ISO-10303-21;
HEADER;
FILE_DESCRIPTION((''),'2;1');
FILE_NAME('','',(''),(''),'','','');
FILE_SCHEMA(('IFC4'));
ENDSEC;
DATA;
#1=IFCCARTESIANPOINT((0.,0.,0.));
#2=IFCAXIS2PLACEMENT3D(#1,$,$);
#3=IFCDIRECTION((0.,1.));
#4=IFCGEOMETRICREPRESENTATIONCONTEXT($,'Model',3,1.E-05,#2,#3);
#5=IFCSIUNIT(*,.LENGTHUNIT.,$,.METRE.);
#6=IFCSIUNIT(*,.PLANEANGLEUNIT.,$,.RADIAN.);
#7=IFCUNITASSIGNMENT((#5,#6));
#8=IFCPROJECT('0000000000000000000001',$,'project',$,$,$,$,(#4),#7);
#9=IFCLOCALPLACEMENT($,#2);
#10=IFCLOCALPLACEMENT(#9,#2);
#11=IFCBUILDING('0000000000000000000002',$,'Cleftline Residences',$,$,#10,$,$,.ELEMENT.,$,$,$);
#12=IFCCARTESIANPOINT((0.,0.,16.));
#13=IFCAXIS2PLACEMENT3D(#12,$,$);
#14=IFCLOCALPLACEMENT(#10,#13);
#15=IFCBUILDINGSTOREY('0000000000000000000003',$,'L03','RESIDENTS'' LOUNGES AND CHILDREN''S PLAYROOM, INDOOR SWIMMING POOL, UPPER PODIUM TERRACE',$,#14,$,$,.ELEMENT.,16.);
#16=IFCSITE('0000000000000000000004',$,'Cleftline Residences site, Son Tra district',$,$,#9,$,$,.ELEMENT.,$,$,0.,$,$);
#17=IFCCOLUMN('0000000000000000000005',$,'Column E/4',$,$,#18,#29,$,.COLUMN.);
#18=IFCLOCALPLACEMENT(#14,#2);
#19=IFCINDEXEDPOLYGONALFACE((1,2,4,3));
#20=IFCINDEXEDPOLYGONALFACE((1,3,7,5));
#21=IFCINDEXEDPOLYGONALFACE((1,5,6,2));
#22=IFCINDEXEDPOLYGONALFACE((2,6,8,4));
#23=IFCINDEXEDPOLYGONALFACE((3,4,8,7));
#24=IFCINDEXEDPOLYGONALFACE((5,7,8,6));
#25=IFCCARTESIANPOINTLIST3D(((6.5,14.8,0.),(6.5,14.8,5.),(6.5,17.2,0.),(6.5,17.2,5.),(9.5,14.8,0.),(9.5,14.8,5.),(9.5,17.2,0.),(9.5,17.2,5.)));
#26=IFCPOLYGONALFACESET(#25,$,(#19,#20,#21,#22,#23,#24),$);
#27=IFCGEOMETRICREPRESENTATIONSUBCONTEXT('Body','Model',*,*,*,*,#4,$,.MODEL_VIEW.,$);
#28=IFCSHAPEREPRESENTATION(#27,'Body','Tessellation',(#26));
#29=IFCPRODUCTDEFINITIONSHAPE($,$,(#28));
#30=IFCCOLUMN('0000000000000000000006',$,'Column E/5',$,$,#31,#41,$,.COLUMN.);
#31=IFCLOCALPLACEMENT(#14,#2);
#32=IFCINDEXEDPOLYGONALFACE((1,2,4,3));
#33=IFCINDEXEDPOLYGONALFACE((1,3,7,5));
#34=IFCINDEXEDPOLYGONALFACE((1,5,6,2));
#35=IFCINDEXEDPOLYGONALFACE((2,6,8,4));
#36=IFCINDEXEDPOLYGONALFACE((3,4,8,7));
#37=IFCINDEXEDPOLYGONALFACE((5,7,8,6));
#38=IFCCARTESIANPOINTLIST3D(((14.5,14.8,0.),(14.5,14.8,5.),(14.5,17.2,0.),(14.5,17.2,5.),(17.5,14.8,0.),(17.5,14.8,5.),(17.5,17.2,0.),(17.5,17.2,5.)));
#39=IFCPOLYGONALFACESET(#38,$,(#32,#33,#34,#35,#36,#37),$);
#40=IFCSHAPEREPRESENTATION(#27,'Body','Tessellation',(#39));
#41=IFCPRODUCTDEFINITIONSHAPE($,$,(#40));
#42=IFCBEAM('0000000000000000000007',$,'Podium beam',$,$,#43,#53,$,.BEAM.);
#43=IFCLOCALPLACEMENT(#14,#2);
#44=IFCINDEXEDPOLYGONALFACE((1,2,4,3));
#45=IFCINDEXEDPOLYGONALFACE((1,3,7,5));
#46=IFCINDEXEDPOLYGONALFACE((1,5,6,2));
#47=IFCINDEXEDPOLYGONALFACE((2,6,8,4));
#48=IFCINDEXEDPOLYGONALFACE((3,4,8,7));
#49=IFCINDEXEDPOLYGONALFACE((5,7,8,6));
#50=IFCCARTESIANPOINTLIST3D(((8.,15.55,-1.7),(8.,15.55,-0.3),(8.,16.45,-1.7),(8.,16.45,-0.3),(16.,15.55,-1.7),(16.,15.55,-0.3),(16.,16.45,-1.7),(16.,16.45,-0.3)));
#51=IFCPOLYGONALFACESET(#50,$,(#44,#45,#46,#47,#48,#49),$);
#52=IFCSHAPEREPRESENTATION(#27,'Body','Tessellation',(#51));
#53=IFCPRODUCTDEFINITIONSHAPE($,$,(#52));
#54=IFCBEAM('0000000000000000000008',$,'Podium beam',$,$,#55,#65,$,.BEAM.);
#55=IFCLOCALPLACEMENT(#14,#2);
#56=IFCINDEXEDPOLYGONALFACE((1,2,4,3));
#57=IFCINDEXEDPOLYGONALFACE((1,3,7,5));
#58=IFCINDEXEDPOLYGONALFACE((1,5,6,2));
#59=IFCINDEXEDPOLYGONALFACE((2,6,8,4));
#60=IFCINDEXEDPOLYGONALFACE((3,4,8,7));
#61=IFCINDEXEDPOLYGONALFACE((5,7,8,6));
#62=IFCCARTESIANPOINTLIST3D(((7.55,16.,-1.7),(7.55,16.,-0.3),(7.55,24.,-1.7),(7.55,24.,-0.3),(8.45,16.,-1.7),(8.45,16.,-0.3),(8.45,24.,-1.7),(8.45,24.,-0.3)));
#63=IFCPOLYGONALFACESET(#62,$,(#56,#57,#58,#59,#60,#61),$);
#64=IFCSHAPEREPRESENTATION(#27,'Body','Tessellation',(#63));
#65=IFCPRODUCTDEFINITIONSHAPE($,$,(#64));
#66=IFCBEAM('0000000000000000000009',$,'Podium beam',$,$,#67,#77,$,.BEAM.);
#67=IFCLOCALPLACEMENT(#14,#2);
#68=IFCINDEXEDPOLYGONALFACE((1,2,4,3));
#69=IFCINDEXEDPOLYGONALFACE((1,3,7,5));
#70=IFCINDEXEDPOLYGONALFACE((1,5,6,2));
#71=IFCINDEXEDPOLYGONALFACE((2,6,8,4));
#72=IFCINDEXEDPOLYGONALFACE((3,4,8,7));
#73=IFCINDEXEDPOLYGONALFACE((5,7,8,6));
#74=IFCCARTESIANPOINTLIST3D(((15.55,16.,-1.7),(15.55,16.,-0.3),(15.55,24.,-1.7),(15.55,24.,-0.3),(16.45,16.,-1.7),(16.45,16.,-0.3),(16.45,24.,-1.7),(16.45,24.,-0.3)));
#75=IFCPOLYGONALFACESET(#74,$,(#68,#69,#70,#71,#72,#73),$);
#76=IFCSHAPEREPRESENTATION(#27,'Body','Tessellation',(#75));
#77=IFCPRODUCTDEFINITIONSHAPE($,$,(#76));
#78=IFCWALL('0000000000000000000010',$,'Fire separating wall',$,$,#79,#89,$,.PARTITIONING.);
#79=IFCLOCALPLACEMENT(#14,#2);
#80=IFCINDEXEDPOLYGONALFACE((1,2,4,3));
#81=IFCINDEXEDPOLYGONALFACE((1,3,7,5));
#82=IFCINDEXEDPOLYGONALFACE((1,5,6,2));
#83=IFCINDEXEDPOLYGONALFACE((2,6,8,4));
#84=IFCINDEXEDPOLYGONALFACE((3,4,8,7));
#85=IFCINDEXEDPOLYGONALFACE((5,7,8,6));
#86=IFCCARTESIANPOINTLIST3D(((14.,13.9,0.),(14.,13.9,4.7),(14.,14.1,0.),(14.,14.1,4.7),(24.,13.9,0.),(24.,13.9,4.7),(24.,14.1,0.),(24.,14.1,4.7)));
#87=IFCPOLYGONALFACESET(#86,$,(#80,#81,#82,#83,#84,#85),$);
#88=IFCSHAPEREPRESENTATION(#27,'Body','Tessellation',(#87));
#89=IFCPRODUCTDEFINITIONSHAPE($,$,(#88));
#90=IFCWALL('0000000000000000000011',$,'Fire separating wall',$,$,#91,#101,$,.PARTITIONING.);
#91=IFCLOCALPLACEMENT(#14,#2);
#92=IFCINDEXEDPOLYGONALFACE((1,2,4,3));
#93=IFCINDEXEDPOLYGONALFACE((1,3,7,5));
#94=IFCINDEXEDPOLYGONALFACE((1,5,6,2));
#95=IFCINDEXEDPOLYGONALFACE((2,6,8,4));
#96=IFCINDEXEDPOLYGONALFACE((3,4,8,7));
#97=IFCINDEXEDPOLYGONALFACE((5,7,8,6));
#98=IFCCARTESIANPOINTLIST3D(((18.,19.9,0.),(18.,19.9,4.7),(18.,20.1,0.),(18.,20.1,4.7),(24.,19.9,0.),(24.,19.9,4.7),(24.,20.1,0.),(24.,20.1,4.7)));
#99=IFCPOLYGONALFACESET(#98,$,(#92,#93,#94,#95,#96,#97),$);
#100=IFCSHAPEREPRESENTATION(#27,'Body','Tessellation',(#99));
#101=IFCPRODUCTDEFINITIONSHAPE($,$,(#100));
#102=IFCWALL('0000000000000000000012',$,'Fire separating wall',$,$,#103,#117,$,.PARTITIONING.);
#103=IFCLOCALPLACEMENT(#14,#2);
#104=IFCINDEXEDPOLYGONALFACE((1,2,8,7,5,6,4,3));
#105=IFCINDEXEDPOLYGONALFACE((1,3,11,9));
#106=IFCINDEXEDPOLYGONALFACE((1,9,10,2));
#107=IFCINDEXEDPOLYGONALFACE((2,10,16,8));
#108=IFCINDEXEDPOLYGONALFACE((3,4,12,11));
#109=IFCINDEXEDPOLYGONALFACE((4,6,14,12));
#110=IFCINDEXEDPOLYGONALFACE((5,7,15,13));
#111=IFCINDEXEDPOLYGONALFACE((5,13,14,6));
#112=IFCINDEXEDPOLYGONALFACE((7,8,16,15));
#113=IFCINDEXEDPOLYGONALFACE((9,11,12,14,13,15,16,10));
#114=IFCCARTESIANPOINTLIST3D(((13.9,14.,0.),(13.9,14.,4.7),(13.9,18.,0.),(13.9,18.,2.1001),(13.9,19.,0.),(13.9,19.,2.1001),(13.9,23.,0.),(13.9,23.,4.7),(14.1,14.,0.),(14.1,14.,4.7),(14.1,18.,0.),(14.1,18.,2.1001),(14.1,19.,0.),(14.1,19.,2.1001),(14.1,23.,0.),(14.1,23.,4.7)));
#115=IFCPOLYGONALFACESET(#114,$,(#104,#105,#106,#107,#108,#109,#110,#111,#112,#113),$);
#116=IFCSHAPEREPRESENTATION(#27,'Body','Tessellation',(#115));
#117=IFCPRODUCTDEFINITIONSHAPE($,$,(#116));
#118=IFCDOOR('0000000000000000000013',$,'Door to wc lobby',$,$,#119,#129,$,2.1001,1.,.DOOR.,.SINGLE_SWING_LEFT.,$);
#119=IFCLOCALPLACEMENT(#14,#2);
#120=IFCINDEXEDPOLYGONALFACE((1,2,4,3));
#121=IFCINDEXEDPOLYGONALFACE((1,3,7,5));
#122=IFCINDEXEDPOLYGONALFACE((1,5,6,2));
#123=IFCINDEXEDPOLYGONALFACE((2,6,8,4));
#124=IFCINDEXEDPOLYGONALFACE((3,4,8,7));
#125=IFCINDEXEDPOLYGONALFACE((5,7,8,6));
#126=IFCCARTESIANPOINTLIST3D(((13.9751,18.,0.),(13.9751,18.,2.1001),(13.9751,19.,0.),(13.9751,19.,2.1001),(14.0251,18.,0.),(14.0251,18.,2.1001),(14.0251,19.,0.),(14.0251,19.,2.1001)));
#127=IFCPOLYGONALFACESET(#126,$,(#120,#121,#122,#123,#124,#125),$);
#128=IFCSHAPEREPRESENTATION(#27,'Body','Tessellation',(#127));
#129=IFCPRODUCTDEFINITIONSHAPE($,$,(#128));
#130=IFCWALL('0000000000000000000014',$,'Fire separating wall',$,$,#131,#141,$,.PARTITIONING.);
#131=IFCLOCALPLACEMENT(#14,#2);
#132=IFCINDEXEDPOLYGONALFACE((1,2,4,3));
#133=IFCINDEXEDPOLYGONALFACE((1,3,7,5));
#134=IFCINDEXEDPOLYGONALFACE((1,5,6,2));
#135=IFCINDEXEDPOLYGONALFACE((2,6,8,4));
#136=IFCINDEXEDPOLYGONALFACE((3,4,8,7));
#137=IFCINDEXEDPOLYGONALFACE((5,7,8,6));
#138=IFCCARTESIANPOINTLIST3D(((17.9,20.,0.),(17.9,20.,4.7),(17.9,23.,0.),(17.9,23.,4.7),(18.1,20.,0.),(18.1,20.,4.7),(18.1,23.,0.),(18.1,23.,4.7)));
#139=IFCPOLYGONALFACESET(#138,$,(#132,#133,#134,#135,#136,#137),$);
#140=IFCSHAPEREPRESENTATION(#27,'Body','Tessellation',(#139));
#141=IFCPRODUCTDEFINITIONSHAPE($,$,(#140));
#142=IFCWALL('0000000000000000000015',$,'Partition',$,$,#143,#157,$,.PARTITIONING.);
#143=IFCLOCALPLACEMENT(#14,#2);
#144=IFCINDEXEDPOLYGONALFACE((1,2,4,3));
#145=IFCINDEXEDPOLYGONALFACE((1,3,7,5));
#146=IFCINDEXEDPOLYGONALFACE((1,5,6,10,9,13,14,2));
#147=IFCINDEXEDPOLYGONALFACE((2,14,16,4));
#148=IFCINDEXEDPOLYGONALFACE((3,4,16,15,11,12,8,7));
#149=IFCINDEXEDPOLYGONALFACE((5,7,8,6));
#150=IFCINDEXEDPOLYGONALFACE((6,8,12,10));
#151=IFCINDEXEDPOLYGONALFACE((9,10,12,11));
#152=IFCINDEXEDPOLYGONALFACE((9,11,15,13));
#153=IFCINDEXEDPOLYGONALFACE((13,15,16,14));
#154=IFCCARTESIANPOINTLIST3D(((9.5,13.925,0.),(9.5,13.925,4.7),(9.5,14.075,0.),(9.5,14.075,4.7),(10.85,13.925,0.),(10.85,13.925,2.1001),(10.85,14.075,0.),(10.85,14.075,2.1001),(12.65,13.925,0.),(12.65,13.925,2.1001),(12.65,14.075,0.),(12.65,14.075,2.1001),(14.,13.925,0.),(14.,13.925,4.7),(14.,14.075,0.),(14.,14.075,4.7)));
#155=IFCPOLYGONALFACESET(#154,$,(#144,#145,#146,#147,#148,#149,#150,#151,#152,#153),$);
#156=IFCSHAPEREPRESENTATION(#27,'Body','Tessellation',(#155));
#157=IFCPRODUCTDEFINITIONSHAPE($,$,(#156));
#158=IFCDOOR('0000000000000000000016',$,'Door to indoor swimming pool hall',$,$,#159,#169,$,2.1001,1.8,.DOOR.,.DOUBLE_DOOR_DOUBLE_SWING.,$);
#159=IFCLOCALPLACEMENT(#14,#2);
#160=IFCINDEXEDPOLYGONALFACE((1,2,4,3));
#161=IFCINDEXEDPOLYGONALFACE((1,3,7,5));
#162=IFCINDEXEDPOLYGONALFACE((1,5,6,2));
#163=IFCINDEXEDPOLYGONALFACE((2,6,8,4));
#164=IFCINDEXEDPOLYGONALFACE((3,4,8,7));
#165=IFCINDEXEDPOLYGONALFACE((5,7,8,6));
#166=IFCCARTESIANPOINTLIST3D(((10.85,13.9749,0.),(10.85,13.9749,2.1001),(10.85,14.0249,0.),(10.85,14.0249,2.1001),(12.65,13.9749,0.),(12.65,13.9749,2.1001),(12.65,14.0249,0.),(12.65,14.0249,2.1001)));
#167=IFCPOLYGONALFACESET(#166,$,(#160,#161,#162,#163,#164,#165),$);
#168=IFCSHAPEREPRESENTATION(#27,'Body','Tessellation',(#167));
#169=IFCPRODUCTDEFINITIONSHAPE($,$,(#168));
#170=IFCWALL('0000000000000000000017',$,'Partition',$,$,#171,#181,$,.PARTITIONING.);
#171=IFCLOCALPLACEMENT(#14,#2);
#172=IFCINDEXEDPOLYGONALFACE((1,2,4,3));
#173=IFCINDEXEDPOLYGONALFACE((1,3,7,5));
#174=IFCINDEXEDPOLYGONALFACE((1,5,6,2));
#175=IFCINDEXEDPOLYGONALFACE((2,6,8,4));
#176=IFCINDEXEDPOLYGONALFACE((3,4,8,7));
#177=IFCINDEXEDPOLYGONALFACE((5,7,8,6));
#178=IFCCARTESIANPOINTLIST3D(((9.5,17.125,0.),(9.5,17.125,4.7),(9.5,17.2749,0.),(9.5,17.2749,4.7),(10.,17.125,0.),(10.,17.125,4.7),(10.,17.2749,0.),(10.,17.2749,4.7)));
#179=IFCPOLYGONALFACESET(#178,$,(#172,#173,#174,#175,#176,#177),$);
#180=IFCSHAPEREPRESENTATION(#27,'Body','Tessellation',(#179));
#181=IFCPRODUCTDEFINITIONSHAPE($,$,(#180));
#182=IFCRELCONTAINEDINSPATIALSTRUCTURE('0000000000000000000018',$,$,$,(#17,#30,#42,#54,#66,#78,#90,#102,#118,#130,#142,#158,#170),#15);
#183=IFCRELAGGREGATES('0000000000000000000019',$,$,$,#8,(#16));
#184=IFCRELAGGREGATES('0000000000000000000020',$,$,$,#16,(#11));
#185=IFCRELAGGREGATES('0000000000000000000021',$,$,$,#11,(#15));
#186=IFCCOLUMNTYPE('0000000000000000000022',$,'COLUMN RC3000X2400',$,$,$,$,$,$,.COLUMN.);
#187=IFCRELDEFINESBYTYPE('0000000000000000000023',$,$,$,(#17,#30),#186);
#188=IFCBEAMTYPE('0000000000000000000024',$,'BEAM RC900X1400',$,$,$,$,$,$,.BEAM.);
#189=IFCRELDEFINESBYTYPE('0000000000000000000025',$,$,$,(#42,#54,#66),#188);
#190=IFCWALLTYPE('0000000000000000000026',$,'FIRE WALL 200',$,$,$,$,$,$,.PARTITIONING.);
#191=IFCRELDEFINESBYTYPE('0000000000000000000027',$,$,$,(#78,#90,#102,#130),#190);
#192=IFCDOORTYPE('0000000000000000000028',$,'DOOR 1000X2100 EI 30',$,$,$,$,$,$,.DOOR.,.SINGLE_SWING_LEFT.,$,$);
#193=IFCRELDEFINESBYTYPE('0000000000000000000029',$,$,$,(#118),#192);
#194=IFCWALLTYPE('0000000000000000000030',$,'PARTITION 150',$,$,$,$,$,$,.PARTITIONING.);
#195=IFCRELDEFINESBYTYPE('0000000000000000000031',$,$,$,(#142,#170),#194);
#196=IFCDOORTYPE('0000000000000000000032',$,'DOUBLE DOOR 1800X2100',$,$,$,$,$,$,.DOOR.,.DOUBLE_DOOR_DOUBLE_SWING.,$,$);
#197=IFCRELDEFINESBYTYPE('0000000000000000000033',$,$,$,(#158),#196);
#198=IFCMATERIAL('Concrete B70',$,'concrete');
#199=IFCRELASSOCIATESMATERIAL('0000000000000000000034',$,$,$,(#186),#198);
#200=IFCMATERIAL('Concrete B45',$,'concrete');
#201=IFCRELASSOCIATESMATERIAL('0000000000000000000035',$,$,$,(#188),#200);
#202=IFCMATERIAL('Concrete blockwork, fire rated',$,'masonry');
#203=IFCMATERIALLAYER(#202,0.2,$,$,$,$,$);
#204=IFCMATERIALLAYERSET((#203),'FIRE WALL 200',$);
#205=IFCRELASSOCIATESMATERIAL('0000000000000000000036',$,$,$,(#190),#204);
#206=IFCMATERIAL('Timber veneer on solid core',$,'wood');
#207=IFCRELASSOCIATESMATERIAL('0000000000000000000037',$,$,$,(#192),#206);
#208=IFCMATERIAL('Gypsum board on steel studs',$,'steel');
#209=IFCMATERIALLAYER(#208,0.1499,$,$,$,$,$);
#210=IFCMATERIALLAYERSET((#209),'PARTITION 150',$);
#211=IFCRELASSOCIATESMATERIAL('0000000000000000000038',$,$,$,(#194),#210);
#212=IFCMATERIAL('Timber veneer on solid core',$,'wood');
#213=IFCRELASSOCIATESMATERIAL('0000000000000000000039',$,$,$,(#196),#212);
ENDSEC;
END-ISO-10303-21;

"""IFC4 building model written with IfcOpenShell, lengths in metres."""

from ifc_helpers import new_model, si_unit, direction, frame, frame_2d, origin, origin_2d, place, context, subcontext, project, spatial, rectangle, extrude, material, layer, layer_set, material_profile, profile_set, type_object, element, fill, save


model = new_model("IFC4")

# Units and contexts
model_context = context("Model", 3, precision=1e-05, world=origin(), true_north=direction((0.0, 1.0)))
body_context = subcontext(model_context, "Body", "Model", "MODEL_VIEW")
ifc_project = project(units=[si_unit("LENGTHUNIT", "METRE"), si_unit("PLANEANGLEUNIT", "RADIAN")], contexts=[model_context])

# Site, building, storey
site_placement = place(None, origin())
site = spatial("IfcSite", under=ifc_project, at=site_placement, Name="Cleftline Residences site, Son Tra district", CompositionType="ELEMENT", RefElevation=0.0)
building_placement = place(site_placement, origin())
building = spatial("IfcBuilding", under=site, at=building_placement, Name="Cleftline Residences", CompositionType="ELEMENT")
storey_placement = place(building_placement, frame((0.0, 0.0, 16.0)))
storey = spatial("IfcBuildingStorey", under=building, at=storey_placement, Name="L03", Description="RESIDENTS' LOUNGES AND CHILDREN'S PLAYROOM, INDOOR SWIMMING POOL, UPPER PODIUM TERRACE", CompositionType="ELEMENT", Elevation=16.0)

# Columns
ifc_material_1 = material(Name="Concrete B70", Category="concrete")
ifc_material_profile_1 = material_profile(ifc_material_1, rectangle(XDim=3.0, YDim=2.3999, at=origin_2d()))
ifc_profile_set_1 = profile_set([ifc_material_profile_1], Name="Concrete B70")
column_type = type_object("IfcColumnType", Name="COLUMN RC3000X2400", PredefinedType="COLUMN", material=ifc_profile_set_1)
for number, where, z_axis, x_axis, name in (
    (1, (8.0, 16.0, 0.0), (0.0, 0.0, 1.0), (1.0, 0.0, 0.0), "Column E/4"),
    (2, (16.0, 16.0, 0.0), (0.0, 0.0, 1.0), (1.0, 0.0, 0.0), "Column E/5"),
):
    element("IfcColumn", number, at=place(storey_placement, frame(where, z_axis=z_axis, x_axis=x_axis)), inside=storey, type_object=column_type, Name=name, PredefinedType="COLUMN", context=body_context, shape_type="SweptSolid", body=[
        extrude(rectangle(XDim=3.0, YDim=2.3999, at=origin_2d()), origin(), (0.0, 0.0, 1.0), 5.0),
    ])

# Beams
ifc_material_2 = material(Name="Concrete B45", Category="concrete")
ifc_material_profile_2 = material_profile(ifc_material_2, rectangle(XDim=0.8999, YDim=1.3999, at=origin_2d()))
ifc_profile_set_2 = profile_set([ifc_material_profile_2], Name="Concrete B45")
beam_type = type_object("IfcBeamType", Name="BEAM RC900X1400", PredefinedType="BEAM", material=ifc_profile_set_2)
for number, where, z_axis, x_axis, name in (
    (3, (8.0, 16.0, -1.0), (1.0, 0.0, 0.0), (0.0, 1.0, 0.0), "Podium beam"),
    (4, (8.0, 16.0, -1.0), (0.0, 1.0, 0.0), (-1.0, 0.0, 0.0), "Podium beam"),
    (5, (16.0, 16.0, -1.0), (0.0, 1.0, 0.0), (-1.0, 0.0, 0.0), "Podium beam"),
):
    element("IfcBeam", number, at=place(storey_placement, frame(where, z_axis=z_axis, x_axis=x_axis)), inside=storey, type_object=beam_type, Name=name, PredefinedType="BEAM", context=body_context, shape_type="SweptSolid", body=[
        extrude(rectangle(XDim=0.8999, YDim=1.3999, at=origin_2d()), origin(), (0.0, 0.0, 1.0), 8.0),
    ])

# Walls
ifc_material_3 = material(Name="Concrete blockwork, fire rated", Category="masonry")
ifc_layer_1 = layer(ifc_material_3, 0.2)
ifc_layer_set_1 = layer_set([ifc_layer_1], Name="FIRE WALL 200")
wall_type_1 = type_object("IfcWallType", Name="FIRE WALL 200", PredefinedType="PARTITIONING", material=ifc_layer_set_1)
wall_1_placement = place(storey_placement, frame((14.0, 14.0, 0.0), z_axis=(0.0, 0.0, 1.0), x_axis=(1.0, 0.0, 0.0)))
element("IfcWall", 6, at=wall_1_placement, inside=storey, type_object=wall_type_1, Name="Fire separating wall", PredefinedType="PARTITIONING", context=body_context, shape_type="SweptSolid", body=[
    extrude(rectangle(XDim=10.0, YDim=0.2, at=frame_2d((5.0, 0.0))), origin(), (0.0, 0.0, 1.0), 4.7),
])
wall_2_placement = place(storey_placement, frame((18.0, 20.0, 0.0), z_axis=(0.0, 0.0, 1.0), x_axis=(1.0, 0.0, 0.0)))
element("IfcWall", 7, at=wall_2_placement, inside=storey, type_object=wall_type_1, Name="Fire separating wall", PredefinedType="PARTITIONING", context=body_context, shape_type="SweptSolid", body=[
    extrude(rectangle(XDim=6.0, YDim=0.2, at=frame_2d((3.0, 0.0))), origin(), (0.0, 0.0, 1.0), 4.7),
])

# Wall, opening, door
wall_3_placement = place(storey_placement, frame((14.0, 14.0, 0.0), z_axis=(0.0, 0.0, 1.0), x_axis=(0.0, 1.0, 0.0)))
wall_3 = element("IfcWall", 8, at=wall_3_placement, inside=storey, type_object=wall_type_1, Name="Fire separating wall", PredefinedType="PARTITIONING", context=body_context, shape_type="SweptSolid", body=[
    extrude(rectangle(XDim=9.0, YDim=0.2, at=frame_2d((4.5, 0.0))), origin(), (0.0, 0.0, 1.0), 4.7),
])
opening_1_placement = place(wall_3_placement, frame((4.0, 0.0, 0.0)))
opening_1 = element("IfcOpeningElement", 9, at=opening_1_placement, cuts=wall_3, PredefinedType="OPENING", context=body_context, shape_type="SweptSolid", body=[
    extrude(rectangle(XDim=1.0, YDim=2.1001, at=frame_2d((0.5, 1.05))), frame((0.0, 0.1099, 0.0), z_axis=(0.0, -1.0, 0.0), x_axis=(1.0, 0.0, 0.0)), (0.0, 0.0, 1.0), 0.22),
])
ifc_material_4 = material(Name="Timber veneer on solid core", Category="wood")
door_type_1 = type_object("IfcDoorType", Name="DOOR 1000X2100 EI 30", OperationType="SINGLE_SWING_LEFT", PredefinedType="DOOR", material=ifc_material_4)
door_1_placement = place(opening_1_placement, origin())
door_1 = element("IfcDoor", 10, at=door_1_placement, inside=storey, type_object=door_type_1, Name="Door to wc lobby", OperationType="SINGLE_SWING_LEFT", OverallHeight=2.1001, OverallWidth=1.0, PredefinedType="DOOR", context=body_context, shape_type="SweptSolid", body=[
    extrude(rectangle(XDim=1.0, YDim=2.1001, at=frame_2d((0.5, 1.05))), frame((0.0, 0.0249, 0.0), z_axis=(0.0, -1.0, 0.0), x_axis=(1.0, 0.0, 0.0)), (0.0, 0.0, 1.0), 0.05),
])
fill(opening_1, door_1)

# Wall
wall_4_placement = place(storey_placement, frame((18.0, 20.0, 0.0), z_axis=(0.0, 0.0, 1.0), x_axis=(0.0, 1.0, 0.0)))
element("IfcWall", 11, at=wall_4_placement, inside=storey, type_object=wall_type_1, Name="Fire separating wall", PredefinedType="PARTITIONING", context=body_context, shape_type="SweptSolid", body=[
    extrude(rectangle(XDim=3.0, YDim=0.2, at=frame_2d((1.5, 0.0))), origin(), (0.0, 0.0, 1.0), 4.7),
])

# Wall, opening, door
ifc_material_5 = material(Name="Gypsum board on steel studs", Category="steel")
ifc_layer_2 = layer(ifc_material_5, 0.1499)
ifc_layer_set_2 = layer_set([ifc_layer_2], Name="PARTITION 150")
wall_type_2 = type_object("IfcWallType", Name="PARTITION 150", PredefinedType="PARTITIONING", material=ifc_layer_set_2)
wall_5_placement = place(storey_placement, frame((9.5, 14.0, 0.0), z_axis=(0.0, 0.0, 1.0), x_axis=(1.0, 0.0, 0.0)))
wall_5 = element("IfcWall", 12, at=wall_5_placement, inside=storey, type_object=wall_type_2, Name="Partition", PredefinedType="PARTITIONING", context=body_context, shape_type="SweptSolid", body=[
    extrude(rectangle(XDim=4.5, YDim=0.1499, at=frame_2d((2.25, 0.0))), origin(), (0.0, 0.0, 1.0), 4.7),
])
opening_2_placement = place(wall_5_placement, frame((1.3501, 0.0, 0.0)))
opening_2 = element("IfcOpeningElement", 13, at=opening_2_placement, cuts=wall_5, PredefinedType="OPENING", context=body_context, shape_type="SweptSolid", body=[
    extrude(rectangle(XDim=1.8, YDim=2.1001, at=frame_2d((0.8999, 1.05))), frame((0.0, 0.085, 0.0), z_axis=(0.0, -1.0, 0.0), x_axis=(1.0, 0.0, 0.0)), (0.0, 0.0, 1.0), 0.1699),
])
ifc_material_6 = material(Name="Timber veneer on solid core", Category="wood")
door_type_2 = type_object("IfcDoorType", Name="DOUBLE DOOR 1800X2100", OperationType="DOUBLE_DOOR_DOUBLE_SWING", PredefinedType="DOOR", material=ifc_material_6)
door_2_placement = place(opening_2_placement, origin())
door_2 = element("IfcDoor", 14, at=door_2_placement, inside=storey, type_object=door_type_2, Name="Door to indoor swimming pool hall", OperationType="DOUBLE_DOOR_DOUBLE_SWING", OverallHeight=2.1001, OverallWidth=1.8, PredefinedType="DOOR", context=body_context, shape_type="SweptSolid", body=[
    extrude(rectangle(XDim=1.8, YDim=2.1001, at=frame_2d((0.8999, 1.05))), frame((0.0, 0.0249, 0.0), z_axis=(0.0, -1.0, 0.0), x_axis=(1.0, 0.0, 0.0)), (0.0, 0.0, 1.0), 0.05),
])
fill(opening_2, door_2)

# Wall
wall_6_placement = place(storey_placement, frame((9.5, 17.2, 0.0), z_axis=(0.0, 0.0, 1.0), x_axis=(1.0, 0.0, 0.0)))
element("IfcWall", 15, at=wall_6_placement, inside=storey, type_object=wall_type_2, Name="Partition", PredefinedType="PARTITIONING", context=body_context, shape_type="SweptSolid", body=[
    extrude(rectangle(XDim=0.5, YDim=0.1499, at=frame_2d((0.25, 0.0))), origin(), (0.0, 0.0, 1.0), 4.7),
])

save(model, "model.ifc")
